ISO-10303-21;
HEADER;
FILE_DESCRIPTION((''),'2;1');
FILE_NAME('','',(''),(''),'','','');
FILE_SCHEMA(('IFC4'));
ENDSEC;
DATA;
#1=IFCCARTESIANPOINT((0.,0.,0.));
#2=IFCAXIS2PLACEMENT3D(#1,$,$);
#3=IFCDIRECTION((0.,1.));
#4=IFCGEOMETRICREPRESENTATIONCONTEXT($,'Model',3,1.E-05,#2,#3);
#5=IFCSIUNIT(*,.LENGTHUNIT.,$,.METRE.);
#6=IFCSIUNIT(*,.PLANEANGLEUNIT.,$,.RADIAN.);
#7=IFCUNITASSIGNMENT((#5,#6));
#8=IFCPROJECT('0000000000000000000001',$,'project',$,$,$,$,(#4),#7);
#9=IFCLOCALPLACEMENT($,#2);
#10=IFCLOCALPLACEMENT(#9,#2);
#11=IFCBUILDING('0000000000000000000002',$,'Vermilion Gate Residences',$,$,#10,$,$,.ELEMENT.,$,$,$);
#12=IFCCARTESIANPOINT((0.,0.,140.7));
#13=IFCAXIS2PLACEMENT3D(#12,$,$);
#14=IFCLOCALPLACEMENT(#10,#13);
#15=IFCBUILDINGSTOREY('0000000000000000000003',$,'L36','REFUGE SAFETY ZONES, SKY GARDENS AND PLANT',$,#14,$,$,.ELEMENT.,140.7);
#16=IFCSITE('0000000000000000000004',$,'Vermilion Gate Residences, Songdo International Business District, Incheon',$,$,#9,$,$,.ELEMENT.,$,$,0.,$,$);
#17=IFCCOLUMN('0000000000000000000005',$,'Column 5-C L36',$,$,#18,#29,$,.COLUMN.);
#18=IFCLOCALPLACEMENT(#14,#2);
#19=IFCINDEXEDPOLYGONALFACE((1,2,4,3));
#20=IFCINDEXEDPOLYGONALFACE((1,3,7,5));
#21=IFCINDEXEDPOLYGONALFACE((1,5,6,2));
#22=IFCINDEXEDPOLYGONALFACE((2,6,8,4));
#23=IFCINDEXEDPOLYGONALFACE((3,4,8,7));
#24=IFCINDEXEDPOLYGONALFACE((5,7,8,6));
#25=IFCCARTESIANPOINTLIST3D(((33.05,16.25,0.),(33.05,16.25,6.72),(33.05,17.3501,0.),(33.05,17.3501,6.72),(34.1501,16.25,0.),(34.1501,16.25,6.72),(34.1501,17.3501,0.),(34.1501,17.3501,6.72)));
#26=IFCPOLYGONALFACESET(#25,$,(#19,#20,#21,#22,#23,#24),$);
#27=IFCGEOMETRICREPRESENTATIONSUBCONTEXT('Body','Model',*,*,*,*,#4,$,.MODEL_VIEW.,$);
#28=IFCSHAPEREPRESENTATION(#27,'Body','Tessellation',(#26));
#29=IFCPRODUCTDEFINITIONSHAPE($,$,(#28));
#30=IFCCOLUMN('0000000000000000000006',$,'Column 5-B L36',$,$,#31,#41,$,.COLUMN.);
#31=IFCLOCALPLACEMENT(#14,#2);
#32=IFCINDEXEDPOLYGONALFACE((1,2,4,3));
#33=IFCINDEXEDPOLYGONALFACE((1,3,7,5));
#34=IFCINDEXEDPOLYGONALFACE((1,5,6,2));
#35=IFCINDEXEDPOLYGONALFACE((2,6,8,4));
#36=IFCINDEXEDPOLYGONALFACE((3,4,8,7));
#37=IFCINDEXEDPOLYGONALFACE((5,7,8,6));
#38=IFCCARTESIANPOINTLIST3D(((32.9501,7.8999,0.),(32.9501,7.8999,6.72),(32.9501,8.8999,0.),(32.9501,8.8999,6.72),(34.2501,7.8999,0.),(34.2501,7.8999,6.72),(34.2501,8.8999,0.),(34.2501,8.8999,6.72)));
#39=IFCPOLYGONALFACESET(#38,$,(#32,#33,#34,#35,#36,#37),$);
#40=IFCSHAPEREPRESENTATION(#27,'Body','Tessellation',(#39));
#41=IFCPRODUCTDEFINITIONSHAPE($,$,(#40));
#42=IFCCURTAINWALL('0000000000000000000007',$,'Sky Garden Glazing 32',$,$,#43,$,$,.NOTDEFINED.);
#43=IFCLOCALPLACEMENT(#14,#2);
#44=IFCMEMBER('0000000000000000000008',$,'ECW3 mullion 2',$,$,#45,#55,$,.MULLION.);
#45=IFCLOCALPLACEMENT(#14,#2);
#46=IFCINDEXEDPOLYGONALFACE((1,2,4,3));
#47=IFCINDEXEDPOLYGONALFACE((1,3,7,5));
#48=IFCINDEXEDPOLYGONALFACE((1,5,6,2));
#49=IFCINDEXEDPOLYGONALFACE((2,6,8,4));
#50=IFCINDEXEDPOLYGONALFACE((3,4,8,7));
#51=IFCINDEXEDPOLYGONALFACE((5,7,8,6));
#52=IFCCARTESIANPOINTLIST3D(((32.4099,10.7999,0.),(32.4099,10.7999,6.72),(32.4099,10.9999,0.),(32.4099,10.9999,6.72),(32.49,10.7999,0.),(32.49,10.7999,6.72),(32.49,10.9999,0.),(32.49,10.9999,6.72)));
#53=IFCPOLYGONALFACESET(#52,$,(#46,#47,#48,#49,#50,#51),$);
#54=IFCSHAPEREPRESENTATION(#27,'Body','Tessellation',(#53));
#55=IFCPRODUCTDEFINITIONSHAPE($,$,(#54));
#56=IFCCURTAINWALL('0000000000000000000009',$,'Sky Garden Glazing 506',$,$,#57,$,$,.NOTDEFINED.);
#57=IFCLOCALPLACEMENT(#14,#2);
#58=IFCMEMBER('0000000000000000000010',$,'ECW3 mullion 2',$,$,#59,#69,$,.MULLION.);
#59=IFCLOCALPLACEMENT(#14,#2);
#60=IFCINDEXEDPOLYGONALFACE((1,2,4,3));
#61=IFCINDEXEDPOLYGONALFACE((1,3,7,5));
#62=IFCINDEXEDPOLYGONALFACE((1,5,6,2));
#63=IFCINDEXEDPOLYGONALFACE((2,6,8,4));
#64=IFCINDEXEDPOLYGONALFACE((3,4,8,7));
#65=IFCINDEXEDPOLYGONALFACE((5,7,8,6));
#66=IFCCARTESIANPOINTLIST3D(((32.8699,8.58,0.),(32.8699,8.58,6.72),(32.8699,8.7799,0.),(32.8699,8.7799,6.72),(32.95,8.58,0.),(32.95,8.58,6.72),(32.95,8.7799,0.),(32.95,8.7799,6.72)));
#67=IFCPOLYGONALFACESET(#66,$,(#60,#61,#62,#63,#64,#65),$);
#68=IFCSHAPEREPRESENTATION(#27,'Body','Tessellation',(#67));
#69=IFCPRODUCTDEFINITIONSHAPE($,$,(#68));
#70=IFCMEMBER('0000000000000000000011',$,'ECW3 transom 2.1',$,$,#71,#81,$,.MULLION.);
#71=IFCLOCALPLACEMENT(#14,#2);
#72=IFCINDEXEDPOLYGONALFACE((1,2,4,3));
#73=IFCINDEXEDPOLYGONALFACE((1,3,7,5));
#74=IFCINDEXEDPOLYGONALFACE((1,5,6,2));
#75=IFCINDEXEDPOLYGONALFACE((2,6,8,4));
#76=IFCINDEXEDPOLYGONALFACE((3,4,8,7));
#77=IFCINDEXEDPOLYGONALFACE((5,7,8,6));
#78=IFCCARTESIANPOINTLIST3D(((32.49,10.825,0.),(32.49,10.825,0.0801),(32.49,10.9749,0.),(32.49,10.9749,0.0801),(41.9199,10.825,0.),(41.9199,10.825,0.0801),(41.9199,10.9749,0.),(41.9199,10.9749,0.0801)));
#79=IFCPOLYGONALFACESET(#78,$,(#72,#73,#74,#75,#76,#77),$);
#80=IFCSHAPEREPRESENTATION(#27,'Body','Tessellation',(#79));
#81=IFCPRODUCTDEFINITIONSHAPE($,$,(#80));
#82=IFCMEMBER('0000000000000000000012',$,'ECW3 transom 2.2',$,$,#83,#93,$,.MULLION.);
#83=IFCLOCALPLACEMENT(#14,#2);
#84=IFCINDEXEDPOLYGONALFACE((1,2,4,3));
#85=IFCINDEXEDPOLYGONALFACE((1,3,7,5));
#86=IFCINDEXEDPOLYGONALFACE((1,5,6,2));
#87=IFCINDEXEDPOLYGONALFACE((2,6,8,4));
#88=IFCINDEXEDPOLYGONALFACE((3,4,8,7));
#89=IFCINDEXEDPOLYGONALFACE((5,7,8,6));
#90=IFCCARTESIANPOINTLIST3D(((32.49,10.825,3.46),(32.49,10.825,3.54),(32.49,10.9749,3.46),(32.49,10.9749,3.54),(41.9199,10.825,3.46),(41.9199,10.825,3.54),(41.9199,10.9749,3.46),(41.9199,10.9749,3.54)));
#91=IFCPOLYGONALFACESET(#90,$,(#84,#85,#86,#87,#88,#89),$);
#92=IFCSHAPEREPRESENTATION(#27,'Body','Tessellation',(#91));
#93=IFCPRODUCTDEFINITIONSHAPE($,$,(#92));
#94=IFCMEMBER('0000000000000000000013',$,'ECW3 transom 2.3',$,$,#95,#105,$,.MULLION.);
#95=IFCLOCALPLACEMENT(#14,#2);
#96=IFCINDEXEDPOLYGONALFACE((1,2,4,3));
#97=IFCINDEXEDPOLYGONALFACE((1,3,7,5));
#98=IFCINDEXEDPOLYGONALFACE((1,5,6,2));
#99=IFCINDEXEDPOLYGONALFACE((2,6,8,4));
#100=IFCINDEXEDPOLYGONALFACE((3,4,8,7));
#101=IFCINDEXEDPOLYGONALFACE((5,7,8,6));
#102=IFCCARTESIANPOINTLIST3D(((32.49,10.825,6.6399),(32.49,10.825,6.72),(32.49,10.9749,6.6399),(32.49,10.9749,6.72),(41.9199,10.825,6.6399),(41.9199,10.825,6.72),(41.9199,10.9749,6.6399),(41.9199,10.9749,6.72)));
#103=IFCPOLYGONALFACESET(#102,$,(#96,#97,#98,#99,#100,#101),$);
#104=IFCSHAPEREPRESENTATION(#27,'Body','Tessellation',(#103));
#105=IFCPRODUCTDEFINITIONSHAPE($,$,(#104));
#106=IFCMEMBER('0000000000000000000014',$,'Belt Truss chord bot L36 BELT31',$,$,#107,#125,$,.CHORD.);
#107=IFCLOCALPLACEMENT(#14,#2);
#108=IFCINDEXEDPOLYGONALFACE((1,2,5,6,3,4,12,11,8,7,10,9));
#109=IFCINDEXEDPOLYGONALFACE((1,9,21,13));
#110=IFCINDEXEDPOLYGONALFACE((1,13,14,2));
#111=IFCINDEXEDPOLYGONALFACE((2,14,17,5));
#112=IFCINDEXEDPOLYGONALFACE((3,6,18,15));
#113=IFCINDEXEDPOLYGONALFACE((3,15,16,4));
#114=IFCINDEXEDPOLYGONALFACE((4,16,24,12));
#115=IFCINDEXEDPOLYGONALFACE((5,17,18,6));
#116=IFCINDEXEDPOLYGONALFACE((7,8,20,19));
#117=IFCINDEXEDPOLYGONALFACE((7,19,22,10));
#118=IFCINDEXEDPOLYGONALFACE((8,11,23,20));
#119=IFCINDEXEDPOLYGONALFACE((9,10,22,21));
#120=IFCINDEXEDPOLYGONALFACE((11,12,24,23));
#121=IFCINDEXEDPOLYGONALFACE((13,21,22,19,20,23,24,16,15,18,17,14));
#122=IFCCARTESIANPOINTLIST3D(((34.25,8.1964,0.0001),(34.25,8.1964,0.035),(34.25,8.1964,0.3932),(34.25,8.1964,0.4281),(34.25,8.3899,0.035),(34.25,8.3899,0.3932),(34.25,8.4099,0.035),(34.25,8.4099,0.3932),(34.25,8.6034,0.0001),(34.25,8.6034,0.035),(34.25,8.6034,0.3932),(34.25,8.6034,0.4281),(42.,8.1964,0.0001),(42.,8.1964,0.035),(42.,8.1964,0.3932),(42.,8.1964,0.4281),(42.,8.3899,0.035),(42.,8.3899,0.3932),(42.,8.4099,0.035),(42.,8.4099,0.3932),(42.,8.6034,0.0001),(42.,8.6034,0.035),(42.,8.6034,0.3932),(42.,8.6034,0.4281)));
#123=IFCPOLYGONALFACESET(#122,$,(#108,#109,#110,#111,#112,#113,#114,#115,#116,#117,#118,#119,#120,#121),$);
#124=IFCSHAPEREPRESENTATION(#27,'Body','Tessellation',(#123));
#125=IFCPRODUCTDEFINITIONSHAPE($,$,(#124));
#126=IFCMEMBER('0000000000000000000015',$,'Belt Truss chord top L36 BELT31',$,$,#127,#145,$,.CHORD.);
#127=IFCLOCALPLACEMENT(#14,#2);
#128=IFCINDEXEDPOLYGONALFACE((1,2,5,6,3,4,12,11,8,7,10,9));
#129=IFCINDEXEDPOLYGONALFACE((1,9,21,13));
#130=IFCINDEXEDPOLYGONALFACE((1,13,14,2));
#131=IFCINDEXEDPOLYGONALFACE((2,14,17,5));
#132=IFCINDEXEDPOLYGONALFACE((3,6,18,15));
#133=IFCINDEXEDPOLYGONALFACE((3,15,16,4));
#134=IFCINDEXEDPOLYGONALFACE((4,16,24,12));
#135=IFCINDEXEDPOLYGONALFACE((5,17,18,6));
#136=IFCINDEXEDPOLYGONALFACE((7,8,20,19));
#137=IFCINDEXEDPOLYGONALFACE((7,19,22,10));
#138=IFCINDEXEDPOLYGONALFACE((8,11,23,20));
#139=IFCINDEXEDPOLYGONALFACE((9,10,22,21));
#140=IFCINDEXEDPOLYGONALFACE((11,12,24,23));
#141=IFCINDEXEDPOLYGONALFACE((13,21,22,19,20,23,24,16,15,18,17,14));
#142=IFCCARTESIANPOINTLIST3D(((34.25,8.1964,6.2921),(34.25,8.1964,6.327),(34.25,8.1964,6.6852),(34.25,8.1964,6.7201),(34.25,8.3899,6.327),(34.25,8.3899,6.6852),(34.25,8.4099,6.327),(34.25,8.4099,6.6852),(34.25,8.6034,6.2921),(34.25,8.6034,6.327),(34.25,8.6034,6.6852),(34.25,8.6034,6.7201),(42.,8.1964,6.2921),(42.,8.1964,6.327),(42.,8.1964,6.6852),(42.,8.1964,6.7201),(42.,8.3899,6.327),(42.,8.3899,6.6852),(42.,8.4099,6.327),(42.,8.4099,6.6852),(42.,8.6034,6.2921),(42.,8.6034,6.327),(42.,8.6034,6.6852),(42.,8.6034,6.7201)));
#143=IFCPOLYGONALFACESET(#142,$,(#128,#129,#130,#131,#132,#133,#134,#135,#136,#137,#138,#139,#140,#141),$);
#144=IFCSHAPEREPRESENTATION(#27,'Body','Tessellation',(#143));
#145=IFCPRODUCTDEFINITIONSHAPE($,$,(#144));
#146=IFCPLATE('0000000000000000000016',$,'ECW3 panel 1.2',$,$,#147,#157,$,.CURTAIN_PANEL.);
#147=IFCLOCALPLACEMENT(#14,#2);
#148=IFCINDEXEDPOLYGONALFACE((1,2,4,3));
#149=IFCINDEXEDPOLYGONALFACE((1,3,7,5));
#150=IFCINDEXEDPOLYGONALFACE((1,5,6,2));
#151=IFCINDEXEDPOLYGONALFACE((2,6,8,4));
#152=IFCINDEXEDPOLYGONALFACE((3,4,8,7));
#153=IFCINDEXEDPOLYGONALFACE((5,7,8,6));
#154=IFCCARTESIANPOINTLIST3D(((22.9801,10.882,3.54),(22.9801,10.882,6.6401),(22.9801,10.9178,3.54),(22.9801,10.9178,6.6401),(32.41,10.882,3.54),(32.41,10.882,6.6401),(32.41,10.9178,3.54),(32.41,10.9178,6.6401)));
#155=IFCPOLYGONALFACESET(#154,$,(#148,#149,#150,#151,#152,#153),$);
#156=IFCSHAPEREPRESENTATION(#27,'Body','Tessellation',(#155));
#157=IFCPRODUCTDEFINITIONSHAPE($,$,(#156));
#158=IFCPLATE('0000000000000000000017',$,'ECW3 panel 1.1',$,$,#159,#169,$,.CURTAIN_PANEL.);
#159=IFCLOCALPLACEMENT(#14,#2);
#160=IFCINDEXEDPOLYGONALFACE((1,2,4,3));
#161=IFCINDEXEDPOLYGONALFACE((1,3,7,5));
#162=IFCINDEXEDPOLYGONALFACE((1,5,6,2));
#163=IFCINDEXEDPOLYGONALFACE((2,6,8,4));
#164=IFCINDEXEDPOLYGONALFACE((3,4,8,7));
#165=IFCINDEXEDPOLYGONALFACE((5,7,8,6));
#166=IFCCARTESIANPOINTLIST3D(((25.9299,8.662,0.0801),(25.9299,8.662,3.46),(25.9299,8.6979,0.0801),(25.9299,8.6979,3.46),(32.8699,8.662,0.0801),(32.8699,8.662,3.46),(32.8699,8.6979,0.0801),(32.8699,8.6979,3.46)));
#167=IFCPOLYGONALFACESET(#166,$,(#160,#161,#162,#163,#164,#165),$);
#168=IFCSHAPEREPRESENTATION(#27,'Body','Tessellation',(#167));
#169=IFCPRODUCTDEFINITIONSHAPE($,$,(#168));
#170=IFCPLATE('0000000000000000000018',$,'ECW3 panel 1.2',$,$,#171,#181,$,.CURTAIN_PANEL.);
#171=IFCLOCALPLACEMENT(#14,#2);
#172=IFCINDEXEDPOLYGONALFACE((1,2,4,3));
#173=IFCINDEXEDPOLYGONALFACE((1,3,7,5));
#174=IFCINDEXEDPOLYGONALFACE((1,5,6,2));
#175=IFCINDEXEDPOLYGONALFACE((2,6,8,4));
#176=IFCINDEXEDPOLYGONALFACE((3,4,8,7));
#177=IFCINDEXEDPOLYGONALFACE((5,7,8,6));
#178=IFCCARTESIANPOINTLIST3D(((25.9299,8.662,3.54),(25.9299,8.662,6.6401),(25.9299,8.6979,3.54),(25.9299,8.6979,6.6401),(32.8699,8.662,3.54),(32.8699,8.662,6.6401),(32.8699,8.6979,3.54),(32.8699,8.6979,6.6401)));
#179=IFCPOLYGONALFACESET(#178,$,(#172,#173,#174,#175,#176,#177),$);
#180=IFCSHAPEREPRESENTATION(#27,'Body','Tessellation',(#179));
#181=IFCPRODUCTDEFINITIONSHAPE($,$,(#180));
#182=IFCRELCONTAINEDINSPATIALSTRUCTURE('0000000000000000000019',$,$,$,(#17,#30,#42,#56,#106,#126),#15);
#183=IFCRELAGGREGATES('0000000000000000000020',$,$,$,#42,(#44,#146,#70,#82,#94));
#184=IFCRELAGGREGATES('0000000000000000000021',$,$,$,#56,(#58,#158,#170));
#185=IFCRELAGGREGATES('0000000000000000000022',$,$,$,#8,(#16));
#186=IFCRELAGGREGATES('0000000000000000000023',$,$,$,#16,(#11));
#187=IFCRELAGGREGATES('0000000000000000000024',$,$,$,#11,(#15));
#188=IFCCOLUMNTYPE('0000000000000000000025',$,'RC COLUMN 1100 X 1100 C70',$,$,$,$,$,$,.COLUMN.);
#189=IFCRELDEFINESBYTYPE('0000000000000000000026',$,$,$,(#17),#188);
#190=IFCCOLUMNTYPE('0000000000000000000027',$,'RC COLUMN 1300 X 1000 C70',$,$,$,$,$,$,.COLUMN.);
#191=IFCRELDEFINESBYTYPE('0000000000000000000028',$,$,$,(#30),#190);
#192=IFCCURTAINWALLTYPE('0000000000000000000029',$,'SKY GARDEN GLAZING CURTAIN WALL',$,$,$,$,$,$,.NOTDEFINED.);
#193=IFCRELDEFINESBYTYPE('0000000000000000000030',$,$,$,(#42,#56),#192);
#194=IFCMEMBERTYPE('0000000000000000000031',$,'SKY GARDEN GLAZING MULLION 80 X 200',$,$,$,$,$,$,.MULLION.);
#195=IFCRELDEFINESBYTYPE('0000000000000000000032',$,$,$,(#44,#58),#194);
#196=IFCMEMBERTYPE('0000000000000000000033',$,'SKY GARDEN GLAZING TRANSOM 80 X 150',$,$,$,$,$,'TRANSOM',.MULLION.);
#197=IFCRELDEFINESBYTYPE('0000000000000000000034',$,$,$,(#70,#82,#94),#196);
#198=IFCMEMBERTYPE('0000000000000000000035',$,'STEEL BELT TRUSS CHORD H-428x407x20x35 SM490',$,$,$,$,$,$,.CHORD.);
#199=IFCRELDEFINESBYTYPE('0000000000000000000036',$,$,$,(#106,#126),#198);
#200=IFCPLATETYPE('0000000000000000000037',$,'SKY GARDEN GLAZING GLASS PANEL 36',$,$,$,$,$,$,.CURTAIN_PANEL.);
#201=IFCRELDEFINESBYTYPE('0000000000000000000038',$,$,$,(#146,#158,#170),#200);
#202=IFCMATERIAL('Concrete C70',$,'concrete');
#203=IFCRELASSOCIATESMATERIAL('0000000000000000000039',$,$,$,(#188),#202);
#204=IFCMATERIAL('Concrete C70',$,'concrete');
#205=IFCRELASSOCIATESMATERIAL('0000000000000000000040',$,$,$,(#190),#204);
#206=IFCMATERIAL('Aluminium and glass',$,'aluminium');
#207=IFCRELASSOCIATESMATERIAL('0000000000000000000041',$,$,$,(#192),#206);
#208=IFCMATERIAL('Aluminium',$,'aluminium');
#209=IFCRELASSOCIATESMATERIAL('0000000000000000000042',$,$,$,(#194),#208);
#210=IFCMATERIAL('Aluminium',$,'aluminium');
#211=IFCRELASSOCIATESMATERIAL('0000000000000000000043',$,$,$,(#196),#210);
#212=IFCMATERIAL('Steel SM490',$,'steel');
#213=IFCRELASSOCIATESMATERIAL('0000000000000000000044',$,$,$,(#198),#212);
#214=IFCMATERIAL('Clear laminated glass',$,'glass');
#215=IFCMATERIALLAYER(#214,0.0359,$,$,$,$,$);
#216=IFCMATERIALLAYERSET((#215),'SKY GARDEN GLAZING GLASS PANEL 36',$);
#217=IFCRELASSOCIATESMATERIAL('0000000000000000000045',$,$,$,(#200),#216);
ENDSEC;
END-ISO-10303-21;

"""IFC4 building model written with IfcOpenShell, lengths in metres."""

from ifc_helpers import new_model, si_unit, direction, frame, origin, origin_2d, place, context, subcontext, project, spatial, rectangle, i_section, extrude, material, layer, layer_set, material_profile, profile_set, type_object, element, aggregate, save


model = new_model("IFC4")

# Units and contexts
model_context = context("Model", 3, precision=1e-05, world=origin(), true_north=direction((0.0, 1.0)))
body_context = subcontext(model_context, "Body", "Model", "MODEL_VIEW")
ifc_project = project(units=[si_unit("LENGTHUNIT", "METRE"), si_unit("PLANEANGLEUNIT", "RADIAN")], contexts=[model_context])

# Site, building, storey
site_placement = place(None, origin())
site = spatial("IfcSite", under=ifc_project, at=site_placement, Name="Vermilion Gate Residences, Songdo International Business District, Incheon", CompositionType="ELEMENT", RefElevation=0.0)
building_placement = place(site_placement, origin())
building = spatial("IfcBuilding", under=site, at=building_placement, Name="Vermilion Gate Residences", CompositionType="ELEMENT")
storey_placement = place(building_placement, frame((0.0, 0.0, 140.7)))
storey = spatial("IfcBuildingStorey", under=building, at=storey_placement, Name="L36", Description="REFUGE SAFETY ZONES, SKY GARDENS AND PLANT", CompositionType="ELEMENT", Elevation=140.7)

# Columns
ifc_material_1 = material(Name="Concrete C70", Category="concrete")
ifc_material_profile_1 = material_profile(ifc_material_1, rectangle(XDim=1.1001, YDim=1.1001, at=origin_2d()), Name="RC-1100x1100")
ifc_profile_set_1 = profile_set([ifc_material_profile_1], Name="Concrete C70")
column_type_1 = type_object("IfcColumnType", Name="RC COLUMN 1100 X 1100 C70", PredefinedType="COLUMN", material=ifc_profile_set_1)
column_1_placement = place(storey_placement, frame((33.6001, 16.8, 0.0), z_axis=(0.0, 0.0, 1.0), x_axis=(1.0, 0.0, 0.0)))
element("IfcColumn", 1, at=column_1_placement, inside=storey, type_object=column_type_1, Name="Column 5-C L36", PredefinedType="COLUMN", context=body_context, shape_type="SweptSolid", body=[
    extrude(rectangle(XDim=1.1001, YDim=1.1001, at=origin_2d()), origin(), (0.0, 0.0, 1.0), 6.72),
])
ifc_material_2 = material(Name="Concrete C70", Category="concrete")
ifc_material_profile_2 = material_profile(ifc_material_2, rectangle(XDim=1.3, YDim=1.0, at=origin_2d()), Name="RC-1300x1000")
ifc_profile_set_2 = profile_set([ifc_material_profile_2], Name="Concrete C70")
column_type_2 = type_object("IfcColumnType", Name="RC COLUMN 1300 X 1000 C70", PredefinedType="COLUMN", material=ifc_profile_set_2)
column_2_placement = place(storey_placement, frame((33.6001, 8.3999, 0.0), z_axis=(0.0, 0.0, 1.0), x_axis=(1.0, 0.0, 0.0)))
element("IfcColumn", 2, at=column_2_placement, inside=storey, type_object=column_type_2, Name="Column 5-B L36", PredefinedType="COLUMN", context=body_context, shape_type="SweptSolid", body=[
    extrude(rectangle(XDim=1.3, YDim=1.0, at=origin_2d()), origin(), (0.0, 0.0, 1.0), 6.72),
])

# Curtain walls, members
ifc_material_3 = material(Name="Aluminium and glass", Category="aluminium")
curtain_wall_type = type_object("IfcCurtainWallType", Name="SKY GARDEN GLAZING CURTAIN WALL", PredefinedType="NOTDEFINED", material=ifc_material_3)
curtain_wall_1_placement = place(storey_placement, origin())
curtain_wall_1 = element("IfcCurtainWall", 3, at=curtain_wall_1_placement, inside=storey, type_object=curtain_wall_type, Name="Sky Garden Glazing 32", PredefinedType="NOTDEFINED")
ifc_material_4 = material(Name="Aluminium", Category="aluminium")
ifc_material_profile_3 = material_profile(ifc_material_4, rectangle(XDim=0.2, YDim=0.0801, at=origin_2d()), Name="MULLION 80 X 200")
ifc_profile_set_3 = profile_set([ifc_material_profile_3], Name="Aluminium")
member_type_1 = type_object("IfcMemberType", Name="SKY GARDEN GLAZING MULLION 80 X 200", PredefinedType="MULLION", material=ifc_profile_set_3)
member_1_placement = place(storey_placement, frame((32.45, 10.8999, 0.0), z_axis=(0.0, 0.0, 1.0), x_axis=(0.0, 1.0, 0.0)))
member_1 = element("IfcMember", 4, at=member_1_placement, type_object=member_type_1, Name="ECW3 mullion 2", PredefinedType="MULLION", context=body_context, shape_type="SweptSolid", body=[
    extrude(rectangle(XDim=0.2, YDim=0.0801, at=origin_2d()), origin(), (0.0, 0.0, 1.0), 6.72),
])
curtain_wall_2_placement = place(storey_placement, origin())
curtain_wall_2 = element("IfcCurtainWall", 5, at=curtain_wall_2_placement, inside=storey, type_object=curtain_wall_type, Name="Sky Garden Glazing 506", PredefinedType="NOTDEFINED")
member_2_placement = place(storey_placement, frame((32.9099, 8.6799, 0.0), z_axis=(0.0, 0.0, 1.0), x_axis=(0.0, 1.0, 0.0)))
member_2 = element("IfcMember", 6, at=member_2_placement, type_object=member_type_1, Name="ECW3 mullion 2", PredefinedType="MULLION", context=body_context, shape_type="SweptSolid", body=[
    extrude(rectangle(XDim=0.2, YDim=0.0801, at=origin_2d()), origin(), (0.0, 0.0, 1.0), 6.72),
])

# Members
ifc_material_5 = material(Name="Aluminium", Category="aluminium")
ifc_material_profile_4 = material_profile(ifc_material_5, rectangle(XDim=0.1499, YDim=0.0801, at=origin_2d()), Name="TRANSOM 80 X 150")
ifc_profile_set_4 = profile_set([ifc_material_profile_4], Name="Aluminium")
member_type_2 = type_object("IfcMemberType", Name="SKY GARDEN GLAZING TRANSOM 80 X 150", ElementType="TRANSOM", PredefinedType="MULLION", material=ifc_profile_set_4)
member_3_placement = place(storey_placement, frame((32.49, 10.8999, 0.04), z_axis=(1.0, 0.0, 0.0), x_axis=(0.0, 1.0, 0.0)))
member_3 = element("IfcMember", 7, at=member_3_placement, type_object=member_type_2, Name="ECW3 transom 2.1", PredefinedType="MULLION", context=body_context, shape_type="SweptSolid", body=[
    extrude(rectangle(XDim=0.1499, YDim=0.0801, at=origin_2d()), origin(), (0.0, 0.0, 1.0), 9.4299),
])
member_4_placement = place(storey_placement, frame((32.49, 10.8999, 3.5), z_axis=(1.0, 0.0, 0.0), x_axis=(0.0, 1.0, 0.0)))
member_4 = element("IfcMember", 8, at=member_4_placement, type_object=member_type_2, Name="ECW3 transom 2.2", PredefinedType="MULLION", context=body_context, shape_type="SweptSolid", body=[
    extrude(rectangle(XDim=0.1499, YDim=0.0801, at=origin_2d()), origin(), (0.0, 0.0, 1.0), 9.4299),
])
member_5_placement = place(storey_placement, frame((32.49, 10.8999, 6.6799), z_axis=(1.0, 0.0, 0.0), x_axis=(0.0, 1.0, 0.0)))
member_5 = element("IfcMember", 9, at=member_5_placement, type_object=member_type_2, Name="ECW3 transom 2.3", PredefinedType="MULLION", context=body_context, shape_type="SweptSolid", body=[
    extrude(rectangle(XDim=0.1499, YDim=0.0801, at=origin_2d()), origin(), (0.0, 0.0, 1.0), 9.4299),
])

# Members
ifc_material_6 = material(Name="Steel SM490", Category="steel")
ifc_material_profile_5 = material_profile(ifc_material_6, i_section(OverallWidth=0.407, OverallDepth=0.428, WebThickness=0.02, FlangeThickness=0.0349, at=origin_2d()), Name="H-428x407x20x35")
ifc_profile_set_5 = profile_set([ifc_material_profile_5], Name="Steel SM490")
member_type_3 = type_object("IfcMemberType", Name="STEEL BELT TRUSS CHORD H-428x407x20x35 SM490", PredefinedType="CHORD", material=ifc_profile_set_5)
for number, where, z_axis, x_axis, name in (
    (10, (34.25, 8.3999, 0.2141), (1.0, 0.0, 0.0), (0.0, 1.0, 0.0), "Belt Truss chord bot L36 BELT31"),
    (11, (34.25, 8.3999, 6.5061), (1.0, 0.0, 0.0), (0.0, 1.0, 0.0), "Belt Truss chord top L36 BELT31"),
):
    element("IfcMember", number, at=place(storey_placement, frame(where, z_axis=z_axis, x_axis=x_axis)), inside=storey, type_object=member_type_3, Name=name, PredefinedType="CHORD", context=body_context, shape_type="SweptSolid", body=[
        extrude(i_section(OverallWidth=0.407, OverallDepth=0.428, WebThickness=0.02, FlangeThickness=0.0349, at=origin_2d()), origin(), (0.0, 0.0, 1.0), 7.75),
    ])

# Plates
ifc_material_7 = material(Name="Clear laminated glass", Category="glass")
ifc_layer_1 = layer(ifc_material_7, 0.0359)
ifc_layer_set_1 = layer_set([ifc_layer_1], Name="SKY GARDEN GLAZING GLASS PANEL 36")
plate_type = type_object("IfcPlateType", Name="SKY GARDEN GLAZING GLASS PANEL 36", PredefinedType="CURTAIN_PANEL", material=ifc_layer_set_1)
plate_1_placement = place(storey_placement, frame((27.6951, 10.8999, 3.54), z_axis=(0.0, 0.0, 1.0), x_axis=(1.0, 0.0, 0.0)))
plate_1 = element("IfcPlate", 12, at=plate_1_placement, type_object=plate_type, Name="ECW3 panel 1.2", PredefinedType="CURTAIN_PANEL", context=body_context, shape_type="SweptSolid", body=[
    extrude(rectangle(XDim=9.4299, YDim=0.0359, at=origin_2d()), origin(), (0.0, 0.0, 1.0), 3.1001),
])
aggregate(curtain_wall_1, [member_1, plate_1, member_3, member_4, member_5])
plate_2_placement = place(storey_placement, frame((29.3999, 8.6799, 0.0801), z_axis=(0.0, 0.0, 1.0), x_axis=(1.0, 0.0, 0.0)))
plate_2 = element("IfcPlate", 13, at=plate_2_placement, type_object=plate_type, Name="ECW3 panel 1.1", PredefinedType="CURTAIN_PANEL", context=body_context, shape_type="SweptSolid", body=[
    extrude(rectangle(XDim=6.9399, YDim=0.0359, at=origin_2d()), origin(), (0.0, 0.0, 1.0), 3.3799),
])
plate_3_placement = place(storey_placement, frame((29.3999, 8.6799, 3.54), z_axis=(0.0, 0.0, 1.0), x_axis=(1.0, 0.0, 0.0)))
plate_3 = element("IfcPlate", 14, at=plate_3_placement, type_object=plate_type, Name="ECW3 panel 1.2", PredefinedType="CURTAIN_PANEL", context=body_context, shape_type="SweptSolid", body=[
    extrude(rectangle(XDim=6.9399, YDim=0.0359, at=origin_2d()), origin(), (0.0, 0.0, 1.0), 3.1001),
])
aggregate(curtain_wall_2, [member_2, plate_2, plate_3])

save(model, "model.ifc")
